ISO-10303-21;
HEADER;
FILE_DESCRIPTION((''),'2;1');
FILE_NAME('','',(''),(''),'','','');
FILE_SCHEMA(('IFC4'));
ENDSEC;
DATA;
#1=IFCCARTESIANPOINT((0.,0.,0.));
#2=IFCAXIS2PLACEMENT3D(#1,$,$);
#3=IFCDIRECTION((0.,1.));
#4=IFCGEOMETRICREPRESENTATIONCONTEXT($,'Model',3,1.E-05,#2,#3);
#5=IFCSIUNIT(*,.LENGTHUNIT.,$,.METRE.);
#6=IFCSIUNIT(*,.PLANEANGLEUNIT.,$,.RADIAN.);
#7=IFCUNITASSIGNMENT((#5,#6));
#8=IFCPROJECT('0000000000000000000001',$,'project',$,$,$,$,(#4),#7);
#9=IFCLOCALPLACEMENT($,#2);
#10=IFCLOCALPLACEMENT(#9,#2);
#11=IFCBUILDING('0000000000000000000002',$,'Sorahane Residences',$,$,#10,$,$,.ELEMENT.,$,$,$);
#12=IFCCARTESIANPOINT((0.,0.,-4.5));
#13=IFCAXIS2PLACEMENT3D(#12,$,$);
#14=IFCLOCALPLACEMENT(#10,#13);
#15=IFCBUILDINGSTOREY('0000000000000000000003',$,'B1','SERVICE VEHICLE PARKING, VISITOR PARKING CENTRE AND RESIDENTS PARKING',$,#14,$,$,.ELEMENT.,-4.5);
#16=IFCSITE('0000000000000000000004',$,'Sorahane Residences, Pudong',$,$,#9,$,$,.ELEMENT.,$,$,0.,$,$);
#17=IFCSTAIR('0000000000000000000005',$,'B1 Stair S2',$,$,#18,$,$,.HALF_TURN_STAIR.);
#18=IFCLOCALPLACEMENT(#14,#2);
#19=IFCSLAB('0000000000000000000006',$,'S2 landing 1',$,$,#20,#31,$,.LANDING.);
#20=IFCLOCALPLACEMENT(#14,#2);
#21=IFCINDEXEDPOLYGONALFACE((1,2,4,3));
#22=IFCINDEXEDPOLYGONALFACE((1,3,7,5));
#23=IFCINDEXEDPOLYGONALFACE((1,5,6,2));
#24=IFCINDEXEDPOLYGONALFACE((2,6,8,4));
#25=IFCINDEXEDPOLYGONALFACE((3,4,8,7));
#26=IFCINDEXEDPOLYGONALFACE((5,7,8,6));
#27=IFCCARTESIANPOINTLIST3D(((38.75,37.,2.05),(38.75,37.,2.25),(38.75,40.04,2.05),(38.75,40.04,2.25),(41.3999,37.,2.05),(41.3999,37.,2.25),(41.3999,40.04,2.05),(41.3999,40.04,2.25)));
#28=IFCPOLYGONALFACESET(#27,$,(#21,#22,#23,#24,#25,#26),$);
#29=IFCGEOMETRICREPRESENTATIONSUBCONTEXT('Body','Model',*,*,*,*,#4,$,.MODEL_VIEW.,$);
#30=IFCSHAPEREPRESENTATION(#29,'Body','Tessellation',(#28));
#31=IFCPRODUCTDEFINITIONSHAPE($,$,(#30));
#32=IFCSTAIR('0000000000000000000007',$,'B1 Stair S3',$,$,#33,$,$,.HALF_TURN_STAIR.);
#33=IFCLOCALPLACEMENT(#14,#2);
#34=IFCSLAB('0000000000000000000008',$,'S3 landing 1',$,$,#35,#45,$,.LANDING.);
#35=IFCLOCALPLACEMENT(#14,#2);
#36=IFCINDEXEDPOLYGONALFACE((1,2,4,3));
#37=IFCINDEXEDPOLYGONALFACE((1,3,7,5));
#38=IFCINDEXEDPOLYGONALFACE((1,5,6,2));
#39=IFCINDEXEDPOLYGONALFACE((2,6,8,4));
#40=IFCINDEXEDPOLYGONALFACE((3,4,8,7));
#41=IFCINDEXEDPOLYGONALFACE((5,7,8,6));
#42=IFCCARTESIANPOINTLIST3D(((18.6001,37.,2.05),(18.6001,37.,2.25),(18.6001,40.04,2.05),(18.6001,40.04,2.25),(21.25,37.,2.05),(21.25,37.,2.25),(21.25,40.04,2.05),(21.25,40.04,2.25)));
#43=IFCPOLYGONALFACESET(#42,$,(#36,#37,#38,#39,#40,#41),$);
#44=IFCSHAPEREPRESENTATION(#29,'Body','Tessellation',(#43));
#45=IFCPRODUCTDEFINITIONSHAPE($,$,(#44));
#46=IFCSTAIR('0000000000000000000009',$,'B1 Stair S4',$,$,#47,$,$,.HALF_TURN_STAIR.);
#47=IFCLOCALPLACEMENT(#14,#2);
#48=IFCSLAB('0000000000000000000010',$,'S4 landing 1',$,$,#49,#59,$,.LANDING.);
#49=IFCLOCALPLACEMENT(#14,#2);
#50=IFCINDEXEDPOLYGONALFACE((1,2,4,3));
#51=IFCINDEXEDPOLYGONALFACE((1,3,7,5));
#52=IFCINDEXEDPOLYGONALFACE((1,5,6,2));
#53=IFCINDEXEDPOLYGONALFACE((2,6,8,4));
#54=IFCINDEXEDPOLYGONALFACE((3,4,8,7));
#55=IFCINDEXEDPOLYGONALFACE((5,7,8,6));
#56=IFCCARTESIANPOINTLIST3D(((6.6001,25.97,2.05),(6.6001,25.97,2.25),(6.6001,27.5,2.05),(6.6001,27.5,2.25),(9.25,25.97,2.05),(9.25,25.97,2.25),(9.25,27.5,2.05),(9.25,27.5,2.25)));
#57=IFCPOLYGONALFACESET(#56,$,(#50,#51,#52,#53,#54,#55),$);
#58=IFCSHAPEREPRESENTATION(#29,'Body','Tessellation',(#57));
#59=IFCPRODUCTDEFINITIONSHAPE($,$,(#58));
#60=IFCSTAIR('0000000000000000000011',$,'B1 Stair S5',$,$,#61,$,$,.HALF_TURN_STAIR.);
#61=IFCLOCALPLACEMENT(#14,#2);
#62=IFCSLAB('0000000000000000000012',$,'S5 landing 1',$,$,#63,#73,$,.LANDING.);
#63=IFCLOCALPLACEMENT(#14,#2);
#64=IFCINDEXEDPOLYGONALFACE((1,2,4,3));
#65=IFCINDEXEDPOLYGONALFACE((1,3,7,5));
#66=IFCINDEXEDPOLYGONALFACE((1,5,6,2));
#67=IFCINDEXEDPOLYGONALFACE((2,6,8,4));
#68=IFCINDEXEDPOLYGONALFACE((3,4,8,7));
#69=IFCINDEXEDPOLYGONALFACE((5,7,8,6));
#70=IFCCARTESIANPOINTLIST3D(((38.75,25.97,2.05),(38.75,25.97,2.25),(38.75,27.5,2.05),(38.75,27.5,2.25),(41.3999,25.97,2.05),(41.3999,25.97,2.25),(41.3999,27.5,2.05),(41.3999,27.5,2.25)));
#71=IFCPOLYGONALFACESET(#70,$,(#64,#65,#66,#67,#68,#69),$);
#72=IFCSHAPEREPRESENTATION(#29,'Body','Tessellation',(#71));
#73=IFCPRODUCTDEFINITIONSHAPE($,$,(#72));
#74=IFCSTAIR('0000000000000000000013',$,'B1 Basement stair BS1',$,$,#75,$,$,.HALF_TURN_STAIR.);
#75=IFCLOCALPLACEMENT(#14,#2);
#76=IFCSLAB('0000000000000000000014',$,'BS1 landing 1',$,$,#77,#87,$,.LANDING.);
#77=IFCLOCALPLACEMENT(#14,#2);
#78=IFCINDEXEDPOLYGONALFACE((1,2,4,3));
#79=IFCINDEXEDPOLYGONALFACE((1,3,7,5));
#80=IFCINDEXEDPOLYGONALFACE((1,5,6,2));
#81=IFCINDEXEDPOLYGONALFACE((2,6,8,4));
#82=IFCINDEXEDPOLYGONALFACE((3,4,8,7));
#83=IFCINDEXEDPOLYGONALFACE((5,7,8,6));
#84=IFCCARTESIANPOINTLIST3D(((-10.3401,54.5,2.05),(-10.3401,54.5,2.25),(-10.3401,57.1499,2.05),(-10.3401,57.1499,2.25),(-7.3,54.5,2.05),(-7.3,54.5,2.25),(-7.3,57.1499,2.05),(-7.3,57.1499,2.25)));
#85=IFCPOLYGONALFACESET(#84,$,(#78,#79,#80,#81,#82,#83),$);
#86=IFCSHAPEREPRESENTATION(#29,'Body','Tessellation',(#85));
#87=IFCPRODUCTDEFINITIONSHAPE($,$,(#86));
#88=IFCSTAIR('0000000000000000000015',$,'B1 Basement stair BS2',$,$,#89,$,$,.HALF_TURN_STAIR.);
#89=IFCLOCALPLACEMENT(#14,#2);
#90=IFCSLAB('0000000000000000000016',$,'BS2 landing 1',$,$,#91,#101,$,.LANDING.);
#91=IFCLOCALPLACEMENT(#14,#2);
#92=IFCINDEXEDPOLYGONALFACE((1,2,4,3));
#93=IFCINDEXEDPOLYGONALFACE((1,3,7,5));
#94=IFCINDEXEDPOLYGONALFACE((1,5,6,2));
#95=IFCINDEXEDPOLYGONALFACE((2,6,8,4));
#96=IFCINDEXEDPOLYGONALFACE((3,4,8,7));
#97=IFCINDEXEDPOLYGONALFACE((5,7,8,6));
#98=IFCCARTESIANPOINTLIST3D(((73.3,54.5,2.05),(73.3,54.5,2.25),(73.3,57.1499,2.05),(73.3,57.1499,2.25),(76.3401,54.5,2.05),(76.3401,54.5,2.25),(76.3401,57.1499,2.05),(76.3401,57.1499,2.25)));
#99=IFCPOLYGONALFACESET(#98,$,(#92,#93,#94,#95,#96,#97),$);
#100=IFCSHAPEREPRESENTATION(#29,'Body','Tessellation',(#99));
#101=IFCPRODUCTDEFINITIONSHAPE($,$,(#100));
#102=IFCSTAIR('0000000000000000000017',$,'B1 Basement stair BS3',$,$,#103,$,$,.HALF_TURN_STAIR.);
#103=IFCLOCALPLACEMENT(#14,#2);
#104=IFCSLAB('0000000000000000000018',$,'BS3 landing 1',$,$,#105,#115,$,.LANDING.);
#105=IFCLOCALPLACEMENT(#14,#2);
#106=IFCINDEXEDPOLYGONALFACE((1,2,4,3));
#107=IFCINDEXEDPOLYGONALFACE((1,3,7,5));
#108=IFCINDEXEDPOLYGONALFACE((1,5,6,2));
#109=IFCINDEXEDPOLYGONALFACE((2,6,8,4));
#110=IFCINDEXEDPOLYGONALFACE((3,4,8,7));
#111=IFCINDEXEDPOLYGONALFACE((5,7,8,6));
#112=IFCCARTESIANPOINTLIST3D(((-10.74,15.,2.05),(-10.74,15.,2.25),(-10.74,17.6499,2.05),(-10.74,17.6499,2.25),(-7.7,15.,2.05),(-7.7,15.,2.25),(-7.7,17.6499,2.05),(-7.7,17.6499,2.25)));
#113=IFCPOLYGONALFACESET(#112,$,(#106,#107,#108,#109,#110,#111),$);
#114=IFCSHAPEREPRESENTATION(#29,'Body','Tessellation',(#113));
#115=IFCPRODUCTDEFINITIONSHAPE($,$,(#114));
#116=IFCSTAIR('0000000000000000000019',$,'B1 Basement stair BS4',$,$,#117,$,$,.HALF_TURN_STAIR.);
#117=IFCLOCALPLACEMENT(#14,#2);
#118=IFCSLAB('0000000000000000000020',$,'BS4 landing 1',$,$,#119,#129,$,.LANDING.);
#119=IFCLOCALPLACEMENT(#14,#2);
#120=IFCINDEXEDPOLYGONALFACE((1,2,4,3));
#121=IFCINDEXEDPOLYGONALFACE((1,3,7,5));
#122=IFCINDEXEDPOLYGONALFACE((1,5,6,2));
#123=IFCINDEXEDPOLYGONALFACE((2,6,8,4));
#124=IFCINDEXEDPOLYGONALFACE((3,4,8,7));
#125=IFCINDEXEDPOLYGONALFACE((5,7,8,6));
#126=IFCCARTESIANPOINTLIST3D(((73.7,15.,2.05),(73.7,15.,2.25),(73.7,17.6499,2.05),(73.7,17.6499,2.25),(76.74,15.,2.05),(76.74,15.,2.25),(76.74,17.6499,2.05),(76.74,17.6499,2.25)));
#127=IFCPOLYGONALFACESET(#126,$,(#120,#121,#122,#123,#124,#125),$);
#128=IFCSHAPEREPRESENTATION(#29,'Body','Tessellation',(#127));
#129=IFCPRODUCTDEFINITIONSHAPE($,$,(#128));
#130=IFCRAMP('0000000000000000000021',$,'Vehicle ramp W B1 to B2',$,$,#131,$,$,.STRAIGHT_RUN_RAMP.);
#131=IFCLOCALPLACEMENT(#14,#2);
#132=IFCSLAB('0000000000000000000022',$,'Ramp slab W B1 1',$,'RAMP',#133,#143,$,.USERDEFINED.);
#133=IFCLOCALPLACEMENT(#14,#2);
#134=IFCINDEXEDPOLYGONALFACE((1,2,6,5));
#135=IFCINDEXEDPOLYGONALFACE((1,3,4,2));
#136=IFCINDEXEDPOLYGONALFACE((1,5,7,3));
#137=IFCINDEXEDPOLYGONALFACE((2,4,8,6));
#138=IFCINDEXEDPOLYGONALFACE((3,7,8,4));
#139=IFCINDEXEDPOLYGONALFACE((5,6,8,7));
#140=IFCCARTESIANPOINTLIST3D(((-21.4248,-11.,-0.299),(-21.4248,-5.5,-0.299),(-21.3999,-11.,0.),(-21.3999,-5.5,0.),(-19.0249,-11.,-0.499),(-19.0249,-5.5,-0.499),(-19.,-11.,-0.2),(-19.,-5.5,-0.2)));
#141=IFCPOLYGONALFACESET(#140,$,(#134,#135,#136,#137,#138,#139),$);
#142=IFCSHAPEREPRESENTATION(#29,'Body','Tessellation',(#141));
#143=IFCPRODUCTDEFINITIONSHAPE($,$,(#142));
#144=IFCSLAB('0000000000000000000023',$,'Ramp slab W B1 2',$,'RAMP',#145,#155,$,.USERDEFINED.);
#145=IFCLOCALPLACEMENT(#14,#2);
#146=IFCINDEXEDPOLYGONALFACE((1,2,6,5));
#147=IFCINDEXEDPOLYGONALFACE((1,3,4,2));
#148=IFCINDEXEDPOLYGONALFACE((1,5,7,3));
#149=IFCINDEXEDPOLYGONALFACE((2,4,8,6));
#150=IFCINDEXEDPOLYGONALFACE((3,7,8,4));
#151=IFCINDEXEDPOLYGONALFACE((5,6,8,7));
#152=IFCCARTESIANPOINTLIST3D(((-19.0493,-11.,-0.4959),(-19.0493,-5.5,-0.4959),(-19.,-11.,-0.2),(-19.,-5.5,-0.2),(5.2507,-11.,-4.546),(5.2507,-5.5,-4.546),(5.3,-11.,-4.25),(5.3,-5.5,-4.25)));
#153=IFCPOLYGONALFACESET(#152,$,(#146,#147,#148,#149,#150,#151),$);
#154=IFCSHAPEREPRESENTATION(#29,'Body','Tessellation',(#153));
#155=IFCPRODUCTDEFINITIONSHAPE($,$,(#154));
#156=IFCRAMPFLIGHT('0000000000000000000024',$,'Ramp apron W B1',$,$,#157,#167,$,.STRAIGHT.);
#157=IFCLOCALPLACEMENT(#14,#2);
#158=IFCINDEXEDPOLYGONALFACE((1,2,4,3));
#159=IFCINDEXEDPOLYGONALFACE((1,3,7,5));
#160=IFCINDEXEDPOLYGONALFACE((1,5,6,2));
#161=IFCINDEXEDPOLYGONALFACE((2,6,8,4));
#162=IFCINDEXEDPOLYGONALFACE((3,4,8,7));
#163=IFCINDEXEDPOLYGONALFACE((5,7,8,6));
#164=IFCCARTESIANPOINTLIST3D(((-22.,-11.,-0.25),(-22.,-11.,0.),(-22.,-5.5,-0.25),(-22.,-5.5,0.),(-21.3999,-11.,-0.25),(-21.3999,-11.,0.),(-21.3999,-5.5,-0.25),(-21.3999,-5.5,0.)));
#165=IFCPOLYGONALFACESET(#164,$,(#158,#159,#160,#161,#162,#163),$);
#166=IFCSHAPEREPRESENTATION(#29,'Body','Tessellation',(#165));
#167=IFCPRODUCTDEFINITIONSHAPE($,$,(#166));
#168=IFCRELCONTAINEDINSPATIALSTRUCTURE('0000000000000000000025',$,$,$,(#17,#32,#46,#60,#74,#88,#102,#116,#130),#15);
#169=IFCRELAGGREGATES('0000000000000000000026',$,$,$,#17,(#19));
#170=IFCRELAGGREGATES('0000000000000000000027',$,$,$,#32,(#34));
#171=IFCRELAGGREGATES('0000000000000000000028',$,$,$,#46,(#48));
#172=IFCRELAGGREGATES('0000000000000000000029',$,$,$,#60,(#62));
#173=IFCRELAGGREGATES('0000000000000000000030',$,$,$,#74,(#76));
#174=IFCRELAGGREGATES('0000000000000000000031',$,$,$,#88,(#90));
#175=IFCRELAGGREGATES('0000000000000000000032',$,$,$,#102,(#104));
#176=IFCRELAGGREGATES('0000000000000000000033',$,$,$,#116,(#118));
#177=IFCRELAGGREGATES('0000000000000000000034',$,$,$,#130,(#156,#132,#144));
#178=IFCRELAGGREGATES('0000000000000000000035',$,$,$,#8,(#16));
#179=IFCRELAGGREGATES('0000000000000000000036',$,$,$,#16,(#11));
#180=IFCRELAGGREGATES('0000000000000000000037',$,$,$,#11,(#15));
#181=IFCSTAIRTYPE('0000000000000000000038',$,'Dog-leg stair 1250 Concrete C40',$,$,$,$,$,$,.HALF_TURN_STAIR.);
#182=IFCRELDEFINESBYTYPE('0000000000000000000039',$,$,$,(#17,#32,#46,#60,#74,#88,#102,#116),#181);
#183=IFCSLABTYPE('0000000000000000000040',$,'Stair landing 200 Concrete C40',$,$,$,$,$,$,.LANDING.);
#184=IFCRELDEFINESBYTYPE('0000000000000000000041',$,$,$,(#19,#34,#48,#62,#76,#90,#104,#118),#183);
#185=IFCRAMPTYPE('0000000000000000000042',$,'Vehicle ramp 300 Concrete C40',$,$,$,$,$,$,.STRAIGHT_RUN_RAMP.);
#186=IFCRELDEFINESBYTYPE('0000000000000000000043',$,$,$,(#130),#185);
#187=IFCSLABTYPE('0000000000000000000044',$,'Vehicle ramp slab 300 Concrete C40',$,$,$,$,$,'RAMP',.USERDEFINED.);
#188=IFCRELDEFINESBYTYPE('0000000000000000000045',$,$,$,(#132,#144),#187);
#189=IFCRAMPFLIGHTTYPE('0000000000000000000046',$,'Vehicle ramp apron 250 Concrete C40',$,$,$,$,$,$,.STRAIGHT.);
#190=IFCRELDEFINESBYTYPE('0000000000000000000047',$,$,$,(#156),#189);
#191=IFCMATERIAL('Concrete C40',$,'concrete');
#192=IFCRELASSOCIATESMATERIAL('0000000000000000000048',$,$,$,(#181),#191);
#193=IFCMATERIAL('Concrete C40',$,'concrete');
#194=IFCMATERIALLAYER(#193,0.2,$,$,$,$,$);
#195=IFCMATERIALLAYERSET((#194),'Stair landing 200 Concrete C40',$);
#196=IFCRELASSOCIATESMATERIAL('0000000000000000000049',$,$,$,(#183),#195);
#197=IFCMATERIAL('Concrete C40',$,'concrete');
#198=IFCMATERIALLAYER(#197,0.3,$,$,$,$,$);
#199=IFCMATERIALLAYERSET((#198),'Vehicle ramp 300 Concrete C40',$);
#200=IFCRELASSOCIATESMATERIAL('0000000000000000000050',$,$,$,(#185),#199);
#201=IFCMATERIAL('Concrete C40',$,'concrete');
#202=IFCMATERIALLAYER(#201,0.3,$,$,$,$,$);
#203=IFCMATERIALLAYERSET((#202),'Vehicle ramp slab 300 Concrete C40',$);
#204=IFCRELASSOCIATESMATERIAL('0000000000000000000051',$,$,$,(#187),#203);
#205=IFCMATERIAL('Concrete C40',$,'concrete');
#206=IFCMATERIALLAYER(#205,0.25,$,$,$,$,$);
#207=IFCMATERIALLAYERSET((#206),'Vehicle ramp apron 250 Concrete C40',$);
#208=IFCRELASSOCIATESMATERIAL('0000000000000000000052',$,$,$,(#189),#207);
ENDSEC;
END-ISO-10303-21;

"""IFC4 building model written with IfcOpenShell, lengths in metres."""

from ifc_helpers import new_model, si_unit, direction, frame, origin, place, context, subcontext, project, spatial, polyline, outline, extrude, material, layer, layer_set, type_object, element, aggregate, save


model = new_model("IFC4")

# Units and contexts
model_context = context("Model", 3, precision=1e-05, world=origin(), true_north=direction((0.0, 1.0)))
body_context = subcontext(model_context, "Body", "Model", "MODEL_VIEW")
ifc_project = project(units=[si_unit("LENGTHUNIT", "METRE"), si_unit("PLANEANGLEUNIT", "RADIAN")], contexts=[model_context])

# Site, building, storey
site_placement = place(None, origin())
site = spatial("IfcSite", under=ifc_project, at=site_placement, Name="Sorahane Residences, Pudong", CompositionType="ELEMENT", RefElevation=0.0)
building_placement = place(site_placement, origin())
building = spatial("IfcBuilding", under=site, at=building_placement, Name="Sorahane Residences", CompositionType="ELEMENT")
storey_placement = place(building_placement, frame((0.0, 0.0, -4.5)))
storey = spatial("IfcBuildingStorey", under=building, at=storey_placement, Name="B1", Description="SERVICE VEHICLE PARKING, VISITOR PARKING CENTRE AND RESIDENTS PARKING", CompositionType="ELEMENT", Elevation=-4.5)

# Stairs, slabs
ifc_material_1 = material(Name="Concrete C40", Category="concrete")
stair_type = type_object("IfcStairType", Name="Dog-leg stair 1250 Concrete C40", PredefinedType="HALF_TURN_STAIR", material=ifc_material_1)
ifc_material_2 = material(Name="Concrete C40", Category="concrete")
ifc_layer_1 = layer(ifc_material_2, 0.2)
ifc_layer_set_1 = layer_set([ifc_layer_1], Name="Stair landing 200 Concrete C40")
slab_type_1 = type_object("IfcSlabType", Name="Stair landing 200 Concrete C40", PredefinedType="LANDING", material=ifc_layer_set_1)
stair_1_placement = place(storey_placement, origin())
stair_1 = element("IfcStair", 1, at=stair_1_placement, inside=storey, type_object=stair_type, Name="B1 Stair S2", PredefinedType="HALF_TURN_STAIR")
slab_1_placement = place(storey_placement, frame((0.0, 0.0, 2.05)))
slab_1 = element("IfcSlab", 2, at=slab_1_placement, type_object=slab_type_1, Name="S2 landing 1", PredefinedType="LANDING", context=body_context, shape_type="SweptSolid", body=[
    extrude(outline(polyline([(38.75, 40.04), (38.75, 37.0), (41.3999, 37.0), (41.3999, 40.04), (38.75, 40.04)])), origin(), (0.0, 0.0, 1.0), 0.2),
])
aggregate(stair_1, [slab_1])
stair_2_placement = place(storey_placement, origin())
stair_2 = element("IfcStair", 3, at=stair_2_placement, inside=storey, type_object=stair_type, Name="B1 Stair S3", PredefinedType="HALF_TURN_STAIR")
slab_2_placement = place(storey_placement, frame((0.0, 0.0, 2.05)))
slab_2 = element("IfcSlab", 4, at=slab_2_placement, type_object=slab_type_1, Name="S3 landing 1", PredefinedType="LANDING", context=body_context, shape_type="SweptSolid", body=[
    extrude(outline(polyline([(18.6001, 40.04), (18.6001, 37.0), (21.25, 37.0), (21.25, 40.04), (18.6001, 40.04)])), origin(), (0.0, 0.0, 1.0), 0.2),
])
aggregate(stair_2, [slab_2])
stair_3_placement = place(storey_placement, origin())
stair_3 = element("IfcStair", 5, at=stair_3_placement, inside=storey, type_object=stair_type, Name="B1 Stair S4", PredefinedType="HALF_TURN_STAIR")
slab_3_placement = place(storey_placement, frame((0.0, 0.0, 2.05)))
slab_3 = element("IfcSlab", 6, at=slab_3_placement, type_object=slab_type_1, Name="S4 landing 1", PredefinedType="LANDING", context=body_context, shape_type="SweptSolid", body=[
    extrude(outline(polyline([(9.25, 25.97), (9.25, 27.5), (6.6001, 27.5), (6.6001, 25.97), (9.25, 25.97)])), origin(), (0.0, 0.0, 1.0), 0.2),
])
aggregate(stair_3, [slab_3])
stair_4_placement = place(storey_placement, origin())
stair_4 = element("IfcStair", 7, at=stair_4_placement, inside=storey, type_object=stair_type, Name="B1 Stair S5", PredefinedType="HALF_TURN_STAIR")
slab_4_placement = place(storey_placement, frame((0.0, 0.0, 2.05)))
slab_4 = element("IfcSlab", 8, at=slab_4_placement, type_object=slab_type_1, Name="S5 landing 1", PredefinedType="LANDING", context=body_context, shape_type="SweptSolid", body=[
    extrude(outline(polyline([(41.3999, 25.97), (41.3999, 27.5), (38.75, 27.5), (38.75, 25.97), (41.3999, 25.97)])), origin(), (0.0, 0.0, 1.0), 0.2),
])
aggregate(stair_4, [slab_4])
stair_5_placement = place(storey_placement, origin())
stair_5 = element("IfcStair", 9, at=stair_5_placement, inside=storey, type_object=stair_type, Name="B1 Basement stair BS1", PredefinedType="HALF_TURN_STAIR")
slab_5_placement = place(storey_placement, frame((0.0, 0.0, 2.05)))
slab_5 = element("IfcSlab", 10, at=slab_5_placement, type_object=slab_type_1, Name="BS1 landing 1", PredefinedType="LANDING", context=body_context, shape_type="SweptSolid", body=[
    extrude(outline(polyline([(-10.3401, 54.5), (-7.3, 54.5), (-7.3, 57.1499), (-10.3401, 57.1499), (-10.3401, 54.5)])), origin(), (0.0, 0.0, 1.0), 0.2),
])
aggregate(stair_5, [slab_5])
stair_6_placement = place(storey_placement, origin())
stair_6 = element("IfcStair", 11, at=stair_6_placement, inside=storey, type_object=stair_type, Name="B1 Basement stair BS2", PredefinedType="HALF_TURN_STAIR")
slab_6_placement = place(storey_placement, frame((0.0, 0.0, 2.05)))
slab_6 = element("IfcSlab", 12, at=slab_6_placement, type_object=slab_type_1, Name="BS2 landing 1", PredefinedType="LANDING", context=body_context, shape_type="SweptSolid", body=[
    extrude(outline(polyline([(76.3401, 57.1499), (73.3, 57.1499), (73.3, 54.5), (76.3401, 54.5), (76.3401, 57.1499)])), origin(), (0.0, 0.0, 1.0), 0.2),
])
aggregate(stair_6, [slab_6])
stair_7_placement = place(storey_placement, origin())
stair_7 = element("IfcStair", 13, at=stair_7_placement, inside=storey, type_object=stair_type, Name="B1 Basement stair BS3", PredefinedType="HALF_TURN_STAIR")
slab_7_placement = place(storey_placement, frame((0.0, 0.0, 2.05)))
slab_7 = element("IfcSlab", 14, at=slab_7_placement, type_object=slab_type_1, Name="BS3 landing 1", PredefinedType="LANDING", context=body_context, shape_type="SweptSolid", body=[
    extrude(outline(polyline([(-10.74, 15.0), (-7.7, 15.0), (-7.7, 17.6499), (-10.74, 17.6499), (-10.74, 15.0)])), origin(), (0.0, 0.0, 1.0), 0.2),
])
aggregate(stair_7, [slab_7])
stair_8_placement = place(storey_placement, origin())
stair_8 = element("IfcStair", 15, at=stair_8_placement, inside=storey, type_object=stair_type, Name="B1 Basement stair BS4", PredefinedType="HALF_TURN_STAIR")
slab_8_placement = place(storey_placement, frame((0.0, 0.0, 2.05)))
slab_8 = element("IfcSlab", 16, at=slab_8_placement, type_object=slab_type_1, Name="BS4 landing 1", PredefinedType="LANDING", context=body_context, shape_type="SweptSolid", body=[
    extrude(outline(polyline([(76.74, 17.6499), (73.7, 17.6499), (73.7, 15.0), (76.74, 15.0), (76.74, 17.6499)])), origin(), (0.0, 0.0, 1.0), 0.2),
])
aggregate(stair_8, [slab_8])

# Ramp, slabs, ramp flight
ifc_material_3 = material(Name="Concrete C40", Category="concrete")
ifc_layer_2 = layer(ifc_material_3, 0.3)
ifc_layer_set_2 = layer_set([ifc_layer_2], Name="Vehicle ramp 300 Concrete C40")
ramp_type = type_object("IfcRampType", Name="Vehicle ramp 300 Concrete C40", PredefinedType="STRAIGHT_RUN_RAMP", material=ifc_layer_set_2)
ramp_placement = place(storey_placement, origin())
ramp = element("IfcRamp", 17, at=ramp_placement, inside=storey, type_object=ramp_type, Name="Vehicle ramp W B1 to B2", PredefinedType="STRAIGHT_RUN_RAMP")
ifc_material_4 = material(Name="Concrete C40", Category="concrete")
ifc_layer_3 = layer(ifc_material_4, 0.3)
ifc_layer_set_3 = layer_set([ifc_layer_3], Name="Vehicle ramp slab 300 Concrete C40")
slab_type_2 = type_object("IfcSlabType", Name="Vehicle ramp slab 300 Concrete C40", ElementType="RAMP", PredefinedType="USERDEFINED", material=ifc_layer_set_3)
slab_9_placement = place(storey_placement, frame((-21.3999, -11.0, 0.0), z_axis=(0.083029, 0.0, 0.996547), x_axis=(0.996547, 0.0, -0.083029)))
slab_9 = element("IfcSlab", 18, at=slab_9_placement, type_object=slab_type_2, Name="Ramp slab W B1 1", ObjectType="RAMP", PredefinedType="USERDEFINED", context=body_context, shape_type="SweptSolid", body=[
    extrude(outline(polyline([(0.0, 0.0), (2.4082, 0.0), (2.4082, 5.5), (0.0, 5.5), (0.0, 0.0)])), origin(), (0.0, 0.0, -1.0), 0.3),
])
slab_10_placement = place(storey_placement, frame((-19.0, -11.0, -0.2), z_axis=(0.164401, 0.0, 0.986394), x_axis=(0.986394, 0.0, -0.164401)))
slab_10 = element("IfcSlab", 19, at=slab_10_placement, type_object=slab_type_2, Name="Ramp slab W B1 2", ObjectType="RAMP", PredefinedType="USERDEFINED", context=body_context, shape_type="SweptSolid", body=[
    extrude(outline(polyline([(0.0, 0.0), (24.6352, 0.0), (24.6352, 5.5), (0.0, 5.5), (0.0, 0.0)])), origin(), (0.0, 0.0, -1.0), 0.3),
])
ifc_material_5 = material(Name="Concrete C40", Category="concrete")
ifc_layer_4 = layer(ifc_material_5, 0.25)
ifc_layer_set_4 = layer_set([ifc_layer_4], Name="Vehicle ramp apron 250 Concrete C40")
ramp_flight_type = type_object("IfcRampFlightType", Name="Vehicle ramp apron 250 Concrete C40", PredefinedType="STRAIGHT", material=ifc_layer_set_4)
ramp_flight_placement = place(storey_placement, frame((-22.0, -11.0, 0.0), z_axis=(0.0, 0.0, 1.0), x_axis=(1.0, 0.0, 0.0)))
ramp_flight = element("IfcRampFlight", 20, at=ramp_flight_placement, type_object=ramp_flight_type, Name="Ramp apron W B1", PredefinedType="STRAIGHT", context=body_context, shape_type="SweptSolid", body=[
    extrude(outline(polyline([(0.0, 0.0), (0.6001, 0.0), (0.6001, 5.5), (0.0, 5.5), (0.0, 0.0)])), origin(), (0.0, 0.0, -1.0), 0.25),
])
aggregate(ramp, [ramp_flight, slab_9, slab_10])

save(model, "model.ifc")
